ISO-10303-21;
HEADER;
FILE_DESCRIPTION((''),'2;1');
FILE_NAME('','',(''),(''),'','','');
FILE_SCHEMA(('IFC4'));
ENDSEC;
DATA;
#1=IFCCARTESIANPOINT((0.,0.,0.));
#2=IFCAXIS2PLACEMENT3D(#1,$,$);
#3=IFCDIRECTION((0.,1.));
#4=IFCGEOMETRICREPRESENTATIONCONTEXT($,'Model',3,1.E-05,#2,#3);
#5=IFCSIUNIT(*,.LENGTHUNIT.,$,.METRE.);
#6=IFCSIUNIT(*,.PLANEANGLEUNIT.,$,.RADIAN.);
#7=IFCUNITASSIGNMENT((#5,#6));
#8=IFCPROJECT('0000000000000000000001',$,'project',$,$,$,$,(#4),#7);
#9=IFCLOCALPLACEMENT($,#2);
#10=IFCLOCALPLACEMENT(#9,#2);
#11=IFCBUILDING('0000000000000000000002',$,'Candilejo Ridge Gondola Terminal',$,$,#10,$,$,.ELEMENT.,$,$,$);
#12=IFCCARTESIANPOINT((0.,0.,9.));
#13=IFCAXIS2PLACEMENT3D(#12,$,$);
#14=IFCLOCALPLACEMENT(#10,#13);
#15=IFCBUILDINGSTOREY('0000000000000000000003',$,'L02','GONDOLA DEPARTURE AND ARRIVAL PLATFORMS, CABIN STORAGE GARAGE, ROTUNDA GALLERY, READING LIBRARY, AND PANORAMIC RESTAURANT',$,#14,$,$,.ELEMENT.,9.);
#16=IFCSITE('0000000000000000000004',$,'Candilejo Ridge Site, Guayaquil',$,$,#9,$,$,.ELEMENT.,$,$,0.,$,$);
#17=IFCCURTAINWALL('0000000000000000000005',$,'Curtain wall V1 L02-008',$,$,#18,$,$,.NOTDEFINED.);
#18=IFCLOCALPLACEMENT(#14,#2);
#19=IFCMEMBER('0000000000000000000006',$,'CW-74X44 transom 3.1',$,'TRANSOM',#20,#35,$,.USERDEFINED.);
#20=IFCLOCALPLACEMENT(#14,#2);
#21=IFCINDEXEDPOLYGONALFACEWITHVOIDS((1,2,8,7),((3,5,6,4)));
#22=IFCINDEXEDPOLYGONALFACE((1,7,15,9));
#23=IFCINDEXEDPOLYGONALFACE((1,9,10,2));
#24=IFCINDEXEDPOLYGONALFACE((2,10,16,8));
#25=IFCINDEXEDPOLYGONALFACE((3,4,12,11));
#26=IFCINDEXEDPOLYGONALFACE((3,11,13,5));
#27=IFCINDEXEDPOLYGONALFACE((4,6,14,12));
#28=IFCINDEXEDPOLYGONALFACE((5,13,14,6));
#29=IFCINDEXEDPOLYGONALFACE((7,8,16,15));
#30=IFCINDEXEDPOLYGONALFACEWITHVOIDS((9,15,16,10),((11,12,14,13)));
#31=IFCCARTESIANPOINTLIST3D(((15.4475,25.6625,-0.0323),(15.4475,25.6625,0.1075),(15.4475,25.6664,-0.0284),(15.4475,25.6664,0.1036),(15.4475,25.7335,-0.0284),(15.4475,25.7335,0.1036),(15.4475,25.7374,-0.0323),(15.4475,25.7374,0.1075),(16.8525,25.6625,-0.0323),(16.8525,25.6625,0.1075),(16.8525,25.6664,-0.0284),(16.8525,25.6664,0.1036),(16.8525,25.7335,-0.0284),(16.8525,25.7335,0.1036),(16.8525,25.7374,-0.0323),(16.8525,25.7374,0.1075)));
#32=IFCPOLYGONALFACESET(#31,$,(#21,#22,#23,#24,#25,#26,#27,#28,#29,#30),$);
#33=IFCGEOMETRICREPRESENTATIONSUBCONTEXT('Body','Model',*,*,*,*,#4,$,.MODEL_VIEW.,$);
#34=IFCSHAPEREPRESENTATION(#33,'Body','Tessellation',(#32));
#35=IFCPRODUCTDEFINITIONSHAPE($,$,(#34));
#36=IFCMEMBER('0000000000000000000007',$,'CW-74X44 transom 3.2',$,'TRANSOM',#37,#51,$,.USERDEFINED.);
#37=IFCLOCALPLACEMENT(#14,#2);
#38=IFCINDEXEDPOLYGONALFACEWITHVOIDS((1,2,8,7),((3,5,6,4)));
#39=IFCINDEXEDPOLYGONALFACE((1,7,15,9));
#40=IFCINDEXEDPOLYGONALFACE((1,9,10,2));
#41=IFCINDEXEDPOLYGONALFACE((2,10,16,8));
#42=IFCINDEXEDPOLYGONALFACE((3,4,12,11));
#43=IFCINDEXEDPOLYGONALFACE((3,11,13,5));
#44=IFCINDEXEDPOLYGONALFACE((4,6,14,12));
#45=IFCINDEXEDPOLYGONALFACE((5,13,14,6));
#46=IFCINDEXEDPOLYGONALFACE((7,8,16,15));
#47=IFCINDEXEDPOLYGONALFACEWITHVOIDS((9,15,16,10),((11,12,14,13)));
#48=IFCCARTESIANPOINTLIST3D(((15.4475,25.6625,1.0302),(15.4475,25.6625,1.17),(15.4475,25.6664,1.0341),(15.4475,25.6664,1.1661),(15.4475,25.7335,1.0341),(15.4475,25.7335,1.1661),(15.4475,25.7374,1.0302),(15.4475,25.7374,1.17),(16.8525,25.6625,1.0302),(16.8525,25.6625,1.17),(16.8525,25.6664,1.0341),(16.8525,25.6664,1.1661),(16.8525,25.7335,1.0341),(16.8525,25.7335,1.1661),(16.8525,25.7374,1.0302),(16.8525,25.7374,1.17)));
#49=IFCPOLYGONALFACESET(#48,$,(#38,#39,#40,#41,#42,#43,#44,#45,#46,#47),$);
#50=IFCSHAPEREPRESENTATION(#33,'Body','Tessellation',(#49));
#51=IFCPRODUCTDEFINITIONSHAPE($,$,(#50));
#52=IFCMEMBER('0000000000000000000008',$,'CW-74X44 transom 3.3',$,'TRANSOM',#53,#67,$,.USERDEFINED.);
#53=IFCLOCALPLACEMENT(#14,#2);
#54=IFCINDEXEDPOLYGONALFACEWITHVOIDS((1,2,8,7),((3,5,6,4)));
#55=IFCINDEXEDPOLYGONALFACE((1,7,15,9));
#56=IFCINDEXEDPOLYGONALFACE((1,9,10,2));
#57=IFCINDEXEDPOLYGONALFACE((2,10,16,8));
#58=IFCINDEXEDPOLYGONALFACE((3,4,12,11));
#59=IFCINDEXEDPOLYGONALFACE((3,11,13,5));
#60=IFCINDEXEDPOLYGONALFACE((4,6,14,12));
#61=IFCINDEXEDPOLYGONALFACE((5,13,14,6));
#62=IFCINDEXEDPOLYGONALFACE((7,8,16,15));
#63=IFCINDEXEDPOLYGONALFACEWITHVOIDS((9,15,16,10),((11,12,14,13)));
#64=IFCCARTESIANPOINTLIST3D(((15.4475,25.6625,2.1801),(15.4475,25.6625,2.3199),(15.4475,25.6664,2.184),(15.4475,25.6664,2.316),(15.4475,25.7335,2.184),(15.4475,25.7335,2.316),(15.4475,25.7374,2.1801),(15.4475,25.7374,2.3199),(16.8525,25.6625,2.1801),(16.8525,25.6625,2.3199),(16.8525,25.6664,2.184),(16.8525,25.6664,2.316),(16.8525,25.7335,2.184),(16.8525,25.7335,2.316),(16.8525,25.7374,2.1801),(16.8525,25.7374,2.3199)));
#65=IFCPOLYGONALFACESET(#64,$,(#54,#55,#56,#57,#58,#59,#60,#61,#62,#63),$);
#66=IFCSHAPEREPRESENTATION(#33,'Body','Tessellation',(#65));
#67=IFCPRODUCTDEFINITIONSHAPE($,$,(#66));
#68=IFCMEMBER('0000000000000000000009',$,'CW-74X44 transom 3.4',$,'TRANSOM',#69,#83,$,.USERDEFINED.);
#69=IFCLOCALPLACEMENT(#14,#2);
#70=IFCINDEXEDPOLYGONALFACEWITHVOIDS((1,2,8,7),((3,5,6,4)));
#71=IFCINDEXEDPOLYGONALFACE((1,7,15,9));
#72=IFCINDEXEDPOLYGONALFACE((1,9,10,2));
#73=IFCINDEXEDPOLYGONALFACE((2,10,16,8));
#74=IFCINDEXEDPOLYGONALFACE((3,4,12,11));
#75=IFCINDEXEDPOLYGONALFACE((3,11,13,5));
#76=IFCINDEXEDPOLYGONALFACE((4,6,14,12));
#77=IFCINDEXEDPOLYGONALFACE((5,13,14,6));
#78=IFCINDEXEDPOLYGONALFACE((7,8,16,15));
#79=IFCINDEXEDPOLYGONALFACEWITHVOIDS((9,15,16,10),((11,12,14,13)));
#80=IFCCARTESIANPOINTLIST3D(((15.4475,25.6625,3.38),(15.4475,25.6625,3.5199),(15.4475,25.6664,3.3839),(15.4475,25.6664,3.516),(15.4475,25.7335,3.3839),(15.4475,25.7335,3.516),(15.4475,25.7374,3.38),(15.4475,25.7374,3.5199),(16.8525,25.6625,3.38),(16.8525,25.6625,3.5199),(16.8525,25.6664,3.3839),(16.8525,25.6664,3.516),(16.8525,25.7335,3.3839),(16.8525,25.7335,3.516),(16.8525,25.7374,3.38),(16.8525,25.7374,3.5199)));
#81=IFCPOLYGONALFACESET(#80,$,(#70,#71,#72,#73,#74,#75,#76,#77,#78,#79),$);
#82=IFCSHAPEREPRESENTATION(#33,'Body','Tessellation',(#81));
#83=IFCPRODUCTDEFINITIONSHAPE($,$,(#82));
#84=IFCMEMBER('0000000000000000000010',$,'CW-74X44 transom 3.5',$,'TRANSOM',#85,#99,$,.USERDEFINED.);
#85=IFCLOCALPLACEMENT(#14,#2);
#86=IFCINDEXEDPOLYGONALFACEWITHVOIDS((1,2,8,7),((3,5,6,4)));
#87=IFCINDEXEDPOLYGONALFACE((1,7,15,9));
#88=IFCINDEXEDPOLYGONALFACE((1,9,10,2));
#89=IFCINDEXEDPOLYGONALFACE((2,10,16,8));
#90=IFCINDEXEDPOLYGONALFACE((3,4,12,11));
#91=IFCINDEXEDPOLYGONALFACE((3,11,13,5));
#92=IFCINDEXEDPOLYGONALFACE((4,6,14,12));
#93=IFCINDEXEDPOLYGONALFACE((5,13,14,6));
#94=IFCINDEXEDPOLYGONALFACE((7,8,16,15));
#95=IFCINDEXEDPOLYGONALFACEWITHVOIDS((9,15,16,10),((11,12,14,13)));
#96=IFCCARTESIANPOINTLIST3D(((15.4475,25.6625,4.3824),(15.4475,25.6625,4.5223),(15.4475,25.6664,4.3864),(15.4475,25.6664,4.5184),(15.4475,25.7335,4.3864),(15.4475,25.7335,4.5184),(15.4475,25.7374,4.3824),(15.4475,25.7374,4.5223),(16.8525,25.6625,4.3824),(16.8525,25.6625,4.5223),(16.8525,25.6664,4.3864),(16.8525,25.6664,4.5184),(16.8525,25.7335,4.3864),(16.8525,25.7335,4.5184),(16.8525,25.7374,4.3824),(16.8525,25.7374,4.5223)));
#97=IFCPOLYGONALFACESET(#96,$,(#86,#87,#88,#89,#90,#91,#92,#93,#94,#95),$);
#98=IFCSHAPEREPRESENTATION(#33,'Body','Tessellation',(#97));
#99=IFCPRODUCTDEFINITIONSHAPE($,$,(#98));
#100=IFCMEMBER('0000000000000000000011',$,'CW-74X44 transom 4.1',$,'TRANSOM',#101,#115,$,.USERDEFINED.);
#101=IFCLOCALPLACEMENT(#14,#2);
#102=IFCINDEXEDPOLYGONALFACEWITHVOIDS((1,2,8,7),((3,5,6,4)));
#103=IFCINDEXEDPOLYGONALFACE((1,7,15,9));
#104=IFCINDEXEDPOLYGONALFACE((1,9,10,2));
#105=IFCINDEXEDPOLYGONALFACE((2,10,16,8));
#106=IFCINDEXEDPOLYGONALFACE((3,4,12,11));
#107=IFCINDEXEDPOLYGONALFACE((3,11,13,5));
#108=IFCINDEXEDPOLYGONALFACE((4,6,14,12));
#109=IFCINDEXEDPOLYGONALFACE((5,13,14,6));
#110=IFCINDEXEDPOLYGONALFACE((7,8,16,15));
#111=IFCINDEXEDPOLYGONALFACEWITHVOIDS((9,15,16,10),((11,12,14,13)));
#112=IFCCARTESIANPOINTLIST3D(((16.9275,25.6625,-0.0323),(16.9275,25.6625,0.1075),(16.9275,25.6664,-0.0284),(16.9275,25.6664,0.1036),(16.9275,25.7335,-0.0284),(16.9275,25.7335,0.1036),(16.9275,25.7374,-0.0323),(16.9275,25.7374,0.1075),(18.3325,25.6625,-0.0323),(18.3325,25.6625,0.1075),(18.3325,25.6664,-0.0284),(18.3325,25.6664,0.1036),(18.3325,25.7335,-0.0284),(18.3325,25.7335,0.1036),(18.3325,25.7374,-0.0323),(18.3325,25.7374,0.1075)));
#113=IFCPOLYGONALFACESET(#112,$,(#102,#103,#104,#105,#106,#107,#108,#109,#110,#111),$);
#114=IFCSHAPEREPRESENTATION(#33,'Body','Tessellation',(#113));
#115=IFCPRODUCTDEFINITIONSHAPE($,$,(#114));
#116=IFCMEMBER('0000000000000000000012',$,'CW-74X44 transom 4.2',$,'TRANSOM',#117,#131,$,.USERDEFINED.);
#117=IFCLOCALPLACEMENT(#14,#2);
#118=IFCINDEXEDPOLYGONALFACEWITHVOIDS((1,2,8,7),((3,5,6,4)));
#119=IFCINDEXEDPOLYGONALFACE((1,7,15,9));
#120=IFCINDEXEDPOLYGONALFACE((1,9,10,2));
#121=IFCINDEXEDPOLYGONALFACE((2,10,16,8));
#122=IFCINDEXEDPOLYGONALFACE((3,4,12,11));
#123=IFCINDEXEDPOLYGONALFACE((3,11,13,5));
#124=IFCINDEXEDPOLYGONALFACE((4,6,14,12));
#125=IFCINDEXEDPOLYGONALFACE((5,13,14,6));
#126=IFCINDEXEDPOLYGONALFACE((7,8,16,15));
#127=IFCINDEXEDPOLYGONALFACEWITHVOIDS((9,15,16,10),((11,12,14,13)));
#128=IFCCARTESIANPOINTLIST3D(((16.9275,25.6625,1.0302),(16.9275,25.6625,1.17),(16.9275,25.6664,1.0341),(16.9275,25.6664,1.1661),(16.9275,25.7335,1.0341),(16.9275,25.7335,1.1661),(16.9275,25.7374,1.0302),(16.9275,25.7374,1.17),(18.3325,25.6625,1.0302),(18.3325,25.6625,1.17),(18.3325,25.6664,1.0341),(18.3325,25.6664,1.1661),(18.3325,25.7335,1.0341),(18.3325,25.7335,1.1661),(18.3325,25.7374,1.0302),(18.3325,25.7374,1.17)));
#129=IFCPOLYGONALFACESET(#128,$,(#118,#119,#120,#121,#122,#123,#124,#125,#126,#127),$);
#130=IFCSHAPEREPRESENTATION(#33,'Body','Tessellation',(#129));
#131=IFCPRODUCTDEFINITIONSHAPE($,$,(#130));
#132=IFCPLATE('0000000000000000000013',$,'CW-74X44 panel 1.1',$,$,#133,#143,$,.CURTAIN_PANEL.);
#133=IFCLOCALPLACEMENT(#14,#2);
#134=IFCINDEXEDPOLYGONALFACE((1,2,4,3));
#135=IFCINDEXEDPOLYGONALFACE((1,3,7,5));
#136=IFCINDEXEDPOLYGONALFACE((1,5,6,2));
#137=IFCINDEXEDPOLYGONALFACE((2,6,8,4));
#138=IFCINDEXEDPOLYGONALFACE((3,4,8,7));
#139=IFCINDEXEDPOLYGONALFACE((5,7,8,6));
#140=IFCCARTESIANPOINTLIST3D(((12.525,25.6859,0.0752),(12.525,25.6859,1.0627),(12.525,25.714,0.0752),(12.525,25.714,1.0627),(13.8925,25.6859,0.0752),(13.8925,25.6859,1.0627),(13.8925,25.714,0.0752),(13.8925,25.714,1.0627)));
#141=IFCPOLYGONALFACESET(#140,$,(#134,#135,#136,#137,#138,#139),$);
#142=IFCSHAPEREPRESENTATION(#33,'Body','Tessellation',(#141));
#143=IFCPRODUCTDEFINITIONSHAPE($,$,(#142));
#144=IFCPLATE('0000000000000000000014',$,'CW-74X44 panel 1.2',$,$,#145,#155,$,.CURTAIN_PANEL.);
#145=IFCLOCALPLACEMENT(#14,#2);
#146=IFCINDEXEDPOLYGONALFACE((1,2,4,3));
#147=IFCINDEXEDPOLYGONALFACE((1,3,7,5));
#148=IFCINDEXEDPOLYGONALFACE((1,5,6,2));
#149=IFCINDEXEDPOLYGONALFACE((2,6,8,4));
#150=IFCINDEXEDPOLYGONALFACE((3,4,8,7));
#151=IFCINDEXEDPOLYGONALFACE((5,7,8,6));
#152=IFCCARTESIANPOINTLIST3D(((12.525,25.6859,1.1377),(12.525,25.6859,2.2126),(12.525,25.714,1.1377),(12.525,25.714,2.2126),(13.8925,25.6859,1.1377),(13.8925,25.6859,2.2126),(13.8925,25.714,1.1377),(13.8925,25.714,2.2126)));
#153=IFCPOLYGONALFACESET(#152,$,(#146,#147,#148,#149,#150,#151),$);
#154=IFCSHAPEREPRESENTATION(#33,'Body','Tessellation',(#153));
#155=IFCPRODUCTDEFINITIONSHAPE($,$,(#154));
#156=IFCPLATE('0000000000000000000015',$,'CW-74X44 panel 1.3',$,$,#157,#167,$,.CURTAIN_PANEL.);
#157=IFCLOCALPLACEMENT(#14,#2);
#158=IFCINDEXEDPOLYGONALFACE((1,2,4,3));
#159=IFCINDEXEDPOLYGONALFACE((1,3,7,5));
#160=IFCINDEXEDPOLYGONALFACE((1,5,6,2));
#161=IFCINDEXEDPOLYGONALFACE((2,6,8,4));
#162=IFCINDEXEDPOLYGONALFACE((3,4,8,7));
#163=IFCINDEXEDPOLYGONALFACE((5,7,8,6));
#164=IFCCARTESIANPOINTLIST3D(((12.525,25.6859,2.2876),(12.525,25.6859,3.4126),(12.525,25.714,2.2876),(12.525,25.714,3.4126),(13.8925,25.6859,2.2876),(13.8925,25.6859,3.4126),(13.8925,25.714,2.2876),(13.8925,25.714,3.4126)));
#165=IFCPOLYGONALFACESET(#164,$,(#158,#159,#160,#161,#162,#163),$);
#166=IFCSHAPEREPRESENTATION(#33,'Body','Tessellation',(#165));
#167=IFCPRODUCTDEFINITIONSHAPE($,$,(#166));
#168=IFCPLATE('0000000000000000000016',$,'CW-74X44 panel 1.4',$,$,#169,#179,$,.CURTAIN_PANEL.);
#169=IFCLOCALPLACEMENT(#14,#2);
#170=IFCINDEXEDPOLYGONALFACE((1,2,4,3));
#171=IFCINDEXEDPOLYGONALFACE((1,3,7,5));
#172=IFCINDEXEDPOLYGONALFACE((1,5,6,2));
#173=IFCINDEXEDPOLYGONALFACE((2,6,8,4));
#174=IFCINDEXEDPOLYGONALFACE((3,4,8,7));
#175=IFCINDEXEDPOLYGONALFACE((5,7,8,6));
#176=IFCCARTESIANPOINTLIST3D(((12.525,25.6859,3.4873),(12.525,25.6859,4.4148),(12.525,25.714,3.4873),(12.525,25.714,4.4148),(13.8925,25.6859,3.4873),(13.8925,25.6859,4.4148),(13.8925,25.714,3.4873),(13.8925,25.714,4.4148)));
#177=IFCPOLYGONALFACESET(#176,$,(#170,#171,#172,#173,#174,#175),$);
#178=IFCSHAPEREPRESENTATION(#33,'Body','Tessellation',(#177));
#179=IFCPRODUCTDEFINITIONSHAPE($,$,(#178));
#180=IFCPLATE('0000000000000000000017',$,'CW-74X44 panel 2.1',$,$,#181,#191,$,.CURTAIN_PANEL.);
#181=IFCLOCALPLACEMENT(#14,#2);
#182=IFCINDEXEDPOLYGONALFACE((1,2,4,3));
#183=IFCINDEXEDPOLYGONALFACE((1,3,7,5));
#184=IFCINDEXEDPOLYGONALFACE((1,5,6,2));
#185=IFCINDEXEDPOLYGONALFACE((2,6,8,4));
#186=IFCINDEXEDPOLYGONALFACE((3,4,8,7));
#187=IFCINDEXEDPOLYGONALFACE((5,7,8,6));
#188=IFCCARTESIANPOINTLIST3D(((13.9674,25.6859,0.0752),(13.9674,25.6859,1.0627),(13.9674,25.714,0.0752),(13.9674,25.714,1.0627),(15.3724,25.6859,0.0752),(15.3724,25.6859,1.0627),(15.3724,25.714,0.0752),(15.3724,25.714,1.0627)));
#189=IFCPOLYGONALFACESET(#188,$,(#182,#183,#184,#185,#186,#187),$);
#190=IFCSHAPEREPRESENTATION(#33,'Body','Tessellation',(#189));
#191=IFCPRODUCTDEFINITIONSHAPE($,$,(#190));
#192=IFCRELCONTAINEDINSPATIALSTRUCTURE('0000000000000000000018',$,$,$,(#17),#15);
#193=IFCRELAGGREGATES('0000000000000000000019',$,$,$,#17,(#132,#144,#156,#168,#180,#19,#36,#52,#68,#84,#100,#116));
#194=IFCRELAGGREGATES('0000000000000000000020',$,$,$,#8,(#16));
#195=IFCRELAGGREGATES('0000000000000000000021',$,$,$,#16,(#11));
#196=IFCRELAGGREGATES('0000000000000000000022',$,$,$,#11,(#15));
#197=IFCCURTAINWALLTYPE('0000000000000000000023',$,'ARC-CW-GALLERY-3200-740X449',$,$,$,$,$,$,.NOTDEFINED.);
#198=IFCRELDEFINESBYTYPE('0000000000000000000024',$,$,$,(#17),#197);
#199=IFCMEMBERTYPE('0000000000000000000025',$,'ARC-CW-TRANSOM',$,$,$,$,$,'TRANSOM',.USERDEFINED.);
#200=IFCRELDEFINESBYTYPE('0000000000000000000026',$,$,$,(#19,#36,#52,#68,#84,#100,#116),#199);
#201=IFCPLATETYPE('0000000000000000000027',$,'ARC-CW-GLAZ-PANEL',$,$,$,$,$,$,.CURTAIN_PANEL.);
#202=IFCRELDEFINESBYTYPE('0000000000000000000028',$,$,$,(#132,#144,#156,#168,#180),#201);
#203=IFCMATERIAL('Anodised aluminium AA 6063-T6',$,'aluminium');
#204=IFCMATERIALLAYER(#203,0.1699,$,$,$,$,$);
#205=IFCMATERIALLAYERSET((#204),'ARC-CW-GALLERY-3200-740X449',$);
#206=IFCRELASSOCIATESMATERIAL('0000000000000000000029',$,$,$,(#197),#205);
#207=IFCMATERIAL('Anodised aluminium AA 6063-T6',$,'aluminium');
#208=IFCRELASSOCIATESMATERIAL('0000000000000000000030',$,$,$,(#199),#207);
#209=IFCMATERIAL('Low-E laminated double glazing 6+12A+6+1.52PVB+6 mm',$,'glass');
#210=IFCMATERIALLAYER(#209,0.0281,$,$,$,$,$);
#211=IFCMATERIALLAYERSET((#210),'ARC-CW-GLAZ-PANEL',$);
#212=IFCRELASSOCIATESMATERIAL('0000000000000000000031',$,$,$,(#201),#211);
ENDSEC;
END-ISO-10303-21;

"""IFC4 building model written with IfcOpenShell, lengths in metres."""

from ifc_helpers import new_model, si_unit, direction, frame, origin, origin_2d, place, context, subcontext, project, spatial, rectangle, hollow_rectangle, extrude, material, layer, layer_set, material_profile, profile_set, type_object, element, aggregate, save


model = new_model("IFC4")

# Units and contexts
model_context = context("Model", 3, precision=1e-05, world=origin(), true_north=direction((0.0, 1.0)))
body_context = subcontext(model_context, "Body", "Model", "MODEL_VIEW")
ifc_project = project(units=[si_unit("LENGTHUNIT", "METRE"), si_unit("PLANEANGLEUNIT", "RADIAN")], contexts=[model_context])

# Site, building, storey
site_placement = place(None, origin())
site = spatial("IfcSite", under=ifc_project, at=site_placement, Name="Candilejo Ridge Site, Guayaquil", CompositionType="ELEMENT", RefElevation=0.0)
building_placement = place(site_placement, origin())
building = spatial("IfcBuilding", under=site, at=building_placement, Name="Candilejo Ridge Gondola Terminal", CompositionType="ELEMENT")
storey_placement = place(building_placement, frame((0.0, 0.0, 9.0)))
storey = spatial("IfcBuildingStorey", under=building, at=storey_placement, Name="L02", Description="GONDOLA DEPARTURE AND ARRIVAL PLATFORMS, CABIN STORAGE GARAGE, ROTUNDA GALLERY, READING LIBRARY, AND PANORAMIC RESTAURANT", CompositionType="ELEMENT", Elevation=9.0)

# Curtain wall, members, plates
ifc_material_1 = material(Name="Anodised aluminium AA 6063-T6", Category="aluminium")
ifc_layer_1 = layer(ifc_material_1, 0.1699)
ifc_layer_set_1 = layer_set([ifc_layer_1], Name="ARC-CW-GALLERY-3200-740X449")
curtain_wall_type = type_object("IfcCurtainWallType", Name="ARC-CW-GALLERY-3200-740X449", PredefinedType="NOTDEFINED", material=ifc_layer_set_1)
curtain_wall_placement = place(storey_placement, origin())
curtain_wall = element("IfcCurtainWall", 1, at=curtain_wall_placement, inside=storey, type_object=curtain_wall_type, Name="Curtain wall V1 L02-008", PredefinedType="NOTDEFINED")
ifc_material_2 = material(Name="Anodised aluminium AA 6063-T6", Category="aluminium")
ifc_material_profile_1 = material_profile(ifc_material_2, hollow_rectangle(XDim=0.075, YDim=0.1399, WallThickness=0.0039, at=origin_2d()))
ifc_profile_set_1 = profile_set([ifc_material_profile_1], Name="Anodised aluminium AA 6063-T6")
member_type_1 = type_object("IfcMemberType", Name="ARC-CW-TRANSOM", ElementType="TRANSOM", PredefinedType="USERDEFINED", material=ifc_profile_set_1)
member_1_placement = place(storey_placement, frame((15.4475, 25.7, 0.0376), z_axis=(1.0, 0.0, 0.0), x_axis=(0.0, 1.0, 0.0)))
member_1 = element("IfcMember", 2, at=member_1_placement, type_object=member_type_1, Name="CW-74X44 transom 3.1", ObjectType="TRANSOM", PredefinedType="USERDEFINED", context=body_context, shape_type="SweptSolid", body=[
    extrude(hollow_rectangle(XDim=0.075, YDim=0.1399, WallThickness=0.0039, at=origin_2d()), origin(), (0.0, 0.0, 1.0), 1.405),
])
member_2_placement = place(storey_placement, frame((15.4475, 25.7, 1.1001), z_axis=(1.0, 0.0, 0.0), x_axis=(0.0, 1.0, 0.0)))
member_2 = element("IfcMember", 3, at=member_2_placement, type_object=member_type_1, Name="CW-74X44 transom 3.2", ObjectType="TRANSOM", PredefinedType="USERDEFINED", context=body_context, shape_type="SweptSolid", body=[
    extrude(hollow_rectangle(XDim=0.075, YDim=0.1399, WallThickness=0.0039, at=origin_2d()), origin(), (0.0, 0.0, 1.0), 1.405),
])
member_3_placement = place(storey_placement, frame((15.4475, 25.7, 2.25), z_axis=(1.0, 0.0, 0.0), x_axis=(0.0, 1.0, 0.0)))
member_3 = element("IfcMember", 4, at=member_3_placement, type_object=member_type_1, Name="CW-74X44 transom 3.3", ObjectType="TRANSOM", PredefinedType="USERDEFINED", context=body_context, shape_type="SweptSolid", body=[
    extrude(hollow_rectangle(XDim=0.075, YDim=0.1399, WallThickness=0.0039, at=origin_2d()), origin(), (0.0, 0.0, 1.0), 1.405),
])
member_4_placement = place(storey_placement, frame((15.4475, 25.7, 3.45), z_axis=(1.0, 0.0, 0.0), x_axis=(0.0, 1.0, 0.0)))
member_4 = element("IfcMember", 5, at=member_4_placement, type_object=member_type_1, Name="CW-74X44 transom 3.4", ObjectType="TRANSOM", PredefinedType="USERDEFINED", context=body_context, shape_type="SweptSolid", body=[
    extrude(hollow_rectangle(XDim=0.075, YDim=0.1399, WallThickness=0.0039, at=origin_2d()), origin(), (0.0, 0.0, 1.0), 1.405),
])
member_5_placement = place(storey_placement, frame((15.4475, 25.7, 4.4524), z_axis=(1.0, 0.0, 0.0), x_axis=(0.0, 1.0, 0.0)))
member_5 = element("IfcMember", 6, at=member_5_placement, type_object=member_type_1, Name="CW-74X44 transom 3.5", ObjectType="TRANSOM", PredefinedType="USERDEFINED", context=body_context, shape_type="SweptSolid", body=[
    extrude(hollow_rectangle(XDim=0.075, YDim=0.1399, WallThickness=0.0039, at=origin_2d()), origin(), (0.0, 0.0, 1.0), 1.405),
])
member_6_placement = place(storey_placement, frame((16.9275, 25.7, 0.0376), z_axis=(1.0, 0.0, 0.0), x_axis=(0.0, 1.0, 0.0)))
member_6 = element("IfcMember", 7, at=member_6_placement, type_object=member_type_1, Name="CW-74X44 transom 4.1", ObjectType="TRANSOM", PredefinedType="USERDEFINED", context=body_context, shape_type="SweptSolid", body=[
    extrude(hollow_rectangle(XDim=0.075, YDim=0.1399, WallThickness=0.0039, at=origin_2d()), origin(), (0.0, 0.0, 1.0), 1.405),
])
member_7_placement = place(storey_placement, frame((16.9275, 25.7, 1.1001), z_axis=(1.0, 0.0, 0.0), x_axis=(0.0, 1.0, 0.0)))
member_7 = element("IfcMember", 8, at=member_7_placement, type_object=member_type_1, Name="CW-74X44 transom 4.2", ObjectType="TRANSOM", PredefinedType="USERDEFINED", context=body_context, shape_type="SweptSolid", body=[
    extrude(hollow_rectangle(XDim=0.075, YDim=0.1399, WallThickness=0.0039, at=origin_2d()), origin(), (0.0, 0.0, 1.0), 1.405),
])
ifc_material_3 = material(Name="Low-E laminated double glazing 6+12A+6+1.52PVB+6 mm", Category="glass")
ifc_layer_2 = layer(ifc_material_3, 0.0281)
ifc_layer_set_2 = layer_set([ifc_layer_2], Name="ARC-CW-GLAZ-PANEL")
plate_type = type_object("IfcPlateType", Name="ARC-CW-GLAZ-PANEL", PredefinedType="CURTAIN_PANEL", material=ifc_layer_set_2)
plate_1_placement = place(storey_placement, frame((13.2087, 25.7, 0.0752), z_axis=(0.0, 0.0, 1.0), x_axis=(1.0, 0.0, 0.0)))
plate_1 = element("IfcPlate", 9, at=plate_1_placement, type_object=plate_type, Name="CW-74X44 panel 1.1", PredefinedType="CURTAIN_PANEL", context=body_context, shape_type="SweptSolid", body=[
    extrude(rectangle(XDim=1.3674, YDim=0.0281, at=origin_2d()), origin(), (0.0, 0.0, 1.0), 0.9875),
])
plate_2_placement = place(storey_placement, frame((13.2087, 25.7, 1.1377), z_axis=(0.0, 0.0, 1.0), x_axis=(1.0, 0.0, 0.0)))
plate_2 = element("IfcPlate", 10, at=plate_2_placement, type_object=plate_type, Name="CW-74X44 panel 1.2", PredefinedType="CURTAIN_PANEL", context=body_context, shape_type="SweptSolid", body=[
    extrude(rectangle(XDim=1.3674, YDim=0.0281, at=origin_2d()), origin(), (0.0, 0.0, 1.0), 1.075),
])
plate_3_placement = place(storey_placement, frame((13.2087, 25.7, 2.2876), z_axis=(0.0, 0.0, 1.0), x_axis=(1.0, 0.0, 0.0)))
plate_3 = element("IfcPlate", 11, at=plate_3_placement, type_object=plate_type, Name="CW-74X44 panel 1.3", PredefinedType="CURTAIN_PANEL", context=body_context, shape_type="SweptSolid", body=[
    extrude(rectangle(XDim=1.3674, YDim=0.0281, at=origin_2d()), origin(), (0.0, 0.0, 1.0), 1.125),
])
plate_4_placement = place(storey_placement, frame((13.2087, 25.7, 3.4873), z_axis=(0.0, 0.0, 1.0), x_axis=(1.0, 0.0, 0.0)))
plate_4 = element("IfcPlate", 12, at=plate_4_placement, type_object=plate_type, Name="CW-74X44 panel 1.4", PredefinedType="CURTAIN_PANEL", context=body_context, shape_type="SweptSolid", body=[
    extrude(rectangle(XDim=1.3674, YDim=0.0281, at=origin_2d()), origin(), (0.0, 0.0, 1.0), 0.9275),
])
plate_5_placement = place(storey_placement, frame((14.6699, 25.7, 0.0752), z_axis=(0.0, 0.0, 1.0), x_axis=(1.0, 0.0, 0.0)))
plate_5 = element("IfcPlate", 13, at=plate_5_placement, type_object=plate_type, Name="CW-74X44 panel 2.1", PredefinedType="CURTAIN_PANEL", context=body_context, shape_type="SweptSolid", body=[
    extrude(rectangle(XDim=1.405, YDim=0.0281, at=origin_2d()), origin(), (0.0, 0.0, 1.0), 0.9875),
])
aggregate(curtain_wall, [plate_1, plate_2, plate_3, plate_4, plate_5, member_1, member_2, member_3, member_4, member_5, member_6, member_7])

save(model, "model.ifc")
